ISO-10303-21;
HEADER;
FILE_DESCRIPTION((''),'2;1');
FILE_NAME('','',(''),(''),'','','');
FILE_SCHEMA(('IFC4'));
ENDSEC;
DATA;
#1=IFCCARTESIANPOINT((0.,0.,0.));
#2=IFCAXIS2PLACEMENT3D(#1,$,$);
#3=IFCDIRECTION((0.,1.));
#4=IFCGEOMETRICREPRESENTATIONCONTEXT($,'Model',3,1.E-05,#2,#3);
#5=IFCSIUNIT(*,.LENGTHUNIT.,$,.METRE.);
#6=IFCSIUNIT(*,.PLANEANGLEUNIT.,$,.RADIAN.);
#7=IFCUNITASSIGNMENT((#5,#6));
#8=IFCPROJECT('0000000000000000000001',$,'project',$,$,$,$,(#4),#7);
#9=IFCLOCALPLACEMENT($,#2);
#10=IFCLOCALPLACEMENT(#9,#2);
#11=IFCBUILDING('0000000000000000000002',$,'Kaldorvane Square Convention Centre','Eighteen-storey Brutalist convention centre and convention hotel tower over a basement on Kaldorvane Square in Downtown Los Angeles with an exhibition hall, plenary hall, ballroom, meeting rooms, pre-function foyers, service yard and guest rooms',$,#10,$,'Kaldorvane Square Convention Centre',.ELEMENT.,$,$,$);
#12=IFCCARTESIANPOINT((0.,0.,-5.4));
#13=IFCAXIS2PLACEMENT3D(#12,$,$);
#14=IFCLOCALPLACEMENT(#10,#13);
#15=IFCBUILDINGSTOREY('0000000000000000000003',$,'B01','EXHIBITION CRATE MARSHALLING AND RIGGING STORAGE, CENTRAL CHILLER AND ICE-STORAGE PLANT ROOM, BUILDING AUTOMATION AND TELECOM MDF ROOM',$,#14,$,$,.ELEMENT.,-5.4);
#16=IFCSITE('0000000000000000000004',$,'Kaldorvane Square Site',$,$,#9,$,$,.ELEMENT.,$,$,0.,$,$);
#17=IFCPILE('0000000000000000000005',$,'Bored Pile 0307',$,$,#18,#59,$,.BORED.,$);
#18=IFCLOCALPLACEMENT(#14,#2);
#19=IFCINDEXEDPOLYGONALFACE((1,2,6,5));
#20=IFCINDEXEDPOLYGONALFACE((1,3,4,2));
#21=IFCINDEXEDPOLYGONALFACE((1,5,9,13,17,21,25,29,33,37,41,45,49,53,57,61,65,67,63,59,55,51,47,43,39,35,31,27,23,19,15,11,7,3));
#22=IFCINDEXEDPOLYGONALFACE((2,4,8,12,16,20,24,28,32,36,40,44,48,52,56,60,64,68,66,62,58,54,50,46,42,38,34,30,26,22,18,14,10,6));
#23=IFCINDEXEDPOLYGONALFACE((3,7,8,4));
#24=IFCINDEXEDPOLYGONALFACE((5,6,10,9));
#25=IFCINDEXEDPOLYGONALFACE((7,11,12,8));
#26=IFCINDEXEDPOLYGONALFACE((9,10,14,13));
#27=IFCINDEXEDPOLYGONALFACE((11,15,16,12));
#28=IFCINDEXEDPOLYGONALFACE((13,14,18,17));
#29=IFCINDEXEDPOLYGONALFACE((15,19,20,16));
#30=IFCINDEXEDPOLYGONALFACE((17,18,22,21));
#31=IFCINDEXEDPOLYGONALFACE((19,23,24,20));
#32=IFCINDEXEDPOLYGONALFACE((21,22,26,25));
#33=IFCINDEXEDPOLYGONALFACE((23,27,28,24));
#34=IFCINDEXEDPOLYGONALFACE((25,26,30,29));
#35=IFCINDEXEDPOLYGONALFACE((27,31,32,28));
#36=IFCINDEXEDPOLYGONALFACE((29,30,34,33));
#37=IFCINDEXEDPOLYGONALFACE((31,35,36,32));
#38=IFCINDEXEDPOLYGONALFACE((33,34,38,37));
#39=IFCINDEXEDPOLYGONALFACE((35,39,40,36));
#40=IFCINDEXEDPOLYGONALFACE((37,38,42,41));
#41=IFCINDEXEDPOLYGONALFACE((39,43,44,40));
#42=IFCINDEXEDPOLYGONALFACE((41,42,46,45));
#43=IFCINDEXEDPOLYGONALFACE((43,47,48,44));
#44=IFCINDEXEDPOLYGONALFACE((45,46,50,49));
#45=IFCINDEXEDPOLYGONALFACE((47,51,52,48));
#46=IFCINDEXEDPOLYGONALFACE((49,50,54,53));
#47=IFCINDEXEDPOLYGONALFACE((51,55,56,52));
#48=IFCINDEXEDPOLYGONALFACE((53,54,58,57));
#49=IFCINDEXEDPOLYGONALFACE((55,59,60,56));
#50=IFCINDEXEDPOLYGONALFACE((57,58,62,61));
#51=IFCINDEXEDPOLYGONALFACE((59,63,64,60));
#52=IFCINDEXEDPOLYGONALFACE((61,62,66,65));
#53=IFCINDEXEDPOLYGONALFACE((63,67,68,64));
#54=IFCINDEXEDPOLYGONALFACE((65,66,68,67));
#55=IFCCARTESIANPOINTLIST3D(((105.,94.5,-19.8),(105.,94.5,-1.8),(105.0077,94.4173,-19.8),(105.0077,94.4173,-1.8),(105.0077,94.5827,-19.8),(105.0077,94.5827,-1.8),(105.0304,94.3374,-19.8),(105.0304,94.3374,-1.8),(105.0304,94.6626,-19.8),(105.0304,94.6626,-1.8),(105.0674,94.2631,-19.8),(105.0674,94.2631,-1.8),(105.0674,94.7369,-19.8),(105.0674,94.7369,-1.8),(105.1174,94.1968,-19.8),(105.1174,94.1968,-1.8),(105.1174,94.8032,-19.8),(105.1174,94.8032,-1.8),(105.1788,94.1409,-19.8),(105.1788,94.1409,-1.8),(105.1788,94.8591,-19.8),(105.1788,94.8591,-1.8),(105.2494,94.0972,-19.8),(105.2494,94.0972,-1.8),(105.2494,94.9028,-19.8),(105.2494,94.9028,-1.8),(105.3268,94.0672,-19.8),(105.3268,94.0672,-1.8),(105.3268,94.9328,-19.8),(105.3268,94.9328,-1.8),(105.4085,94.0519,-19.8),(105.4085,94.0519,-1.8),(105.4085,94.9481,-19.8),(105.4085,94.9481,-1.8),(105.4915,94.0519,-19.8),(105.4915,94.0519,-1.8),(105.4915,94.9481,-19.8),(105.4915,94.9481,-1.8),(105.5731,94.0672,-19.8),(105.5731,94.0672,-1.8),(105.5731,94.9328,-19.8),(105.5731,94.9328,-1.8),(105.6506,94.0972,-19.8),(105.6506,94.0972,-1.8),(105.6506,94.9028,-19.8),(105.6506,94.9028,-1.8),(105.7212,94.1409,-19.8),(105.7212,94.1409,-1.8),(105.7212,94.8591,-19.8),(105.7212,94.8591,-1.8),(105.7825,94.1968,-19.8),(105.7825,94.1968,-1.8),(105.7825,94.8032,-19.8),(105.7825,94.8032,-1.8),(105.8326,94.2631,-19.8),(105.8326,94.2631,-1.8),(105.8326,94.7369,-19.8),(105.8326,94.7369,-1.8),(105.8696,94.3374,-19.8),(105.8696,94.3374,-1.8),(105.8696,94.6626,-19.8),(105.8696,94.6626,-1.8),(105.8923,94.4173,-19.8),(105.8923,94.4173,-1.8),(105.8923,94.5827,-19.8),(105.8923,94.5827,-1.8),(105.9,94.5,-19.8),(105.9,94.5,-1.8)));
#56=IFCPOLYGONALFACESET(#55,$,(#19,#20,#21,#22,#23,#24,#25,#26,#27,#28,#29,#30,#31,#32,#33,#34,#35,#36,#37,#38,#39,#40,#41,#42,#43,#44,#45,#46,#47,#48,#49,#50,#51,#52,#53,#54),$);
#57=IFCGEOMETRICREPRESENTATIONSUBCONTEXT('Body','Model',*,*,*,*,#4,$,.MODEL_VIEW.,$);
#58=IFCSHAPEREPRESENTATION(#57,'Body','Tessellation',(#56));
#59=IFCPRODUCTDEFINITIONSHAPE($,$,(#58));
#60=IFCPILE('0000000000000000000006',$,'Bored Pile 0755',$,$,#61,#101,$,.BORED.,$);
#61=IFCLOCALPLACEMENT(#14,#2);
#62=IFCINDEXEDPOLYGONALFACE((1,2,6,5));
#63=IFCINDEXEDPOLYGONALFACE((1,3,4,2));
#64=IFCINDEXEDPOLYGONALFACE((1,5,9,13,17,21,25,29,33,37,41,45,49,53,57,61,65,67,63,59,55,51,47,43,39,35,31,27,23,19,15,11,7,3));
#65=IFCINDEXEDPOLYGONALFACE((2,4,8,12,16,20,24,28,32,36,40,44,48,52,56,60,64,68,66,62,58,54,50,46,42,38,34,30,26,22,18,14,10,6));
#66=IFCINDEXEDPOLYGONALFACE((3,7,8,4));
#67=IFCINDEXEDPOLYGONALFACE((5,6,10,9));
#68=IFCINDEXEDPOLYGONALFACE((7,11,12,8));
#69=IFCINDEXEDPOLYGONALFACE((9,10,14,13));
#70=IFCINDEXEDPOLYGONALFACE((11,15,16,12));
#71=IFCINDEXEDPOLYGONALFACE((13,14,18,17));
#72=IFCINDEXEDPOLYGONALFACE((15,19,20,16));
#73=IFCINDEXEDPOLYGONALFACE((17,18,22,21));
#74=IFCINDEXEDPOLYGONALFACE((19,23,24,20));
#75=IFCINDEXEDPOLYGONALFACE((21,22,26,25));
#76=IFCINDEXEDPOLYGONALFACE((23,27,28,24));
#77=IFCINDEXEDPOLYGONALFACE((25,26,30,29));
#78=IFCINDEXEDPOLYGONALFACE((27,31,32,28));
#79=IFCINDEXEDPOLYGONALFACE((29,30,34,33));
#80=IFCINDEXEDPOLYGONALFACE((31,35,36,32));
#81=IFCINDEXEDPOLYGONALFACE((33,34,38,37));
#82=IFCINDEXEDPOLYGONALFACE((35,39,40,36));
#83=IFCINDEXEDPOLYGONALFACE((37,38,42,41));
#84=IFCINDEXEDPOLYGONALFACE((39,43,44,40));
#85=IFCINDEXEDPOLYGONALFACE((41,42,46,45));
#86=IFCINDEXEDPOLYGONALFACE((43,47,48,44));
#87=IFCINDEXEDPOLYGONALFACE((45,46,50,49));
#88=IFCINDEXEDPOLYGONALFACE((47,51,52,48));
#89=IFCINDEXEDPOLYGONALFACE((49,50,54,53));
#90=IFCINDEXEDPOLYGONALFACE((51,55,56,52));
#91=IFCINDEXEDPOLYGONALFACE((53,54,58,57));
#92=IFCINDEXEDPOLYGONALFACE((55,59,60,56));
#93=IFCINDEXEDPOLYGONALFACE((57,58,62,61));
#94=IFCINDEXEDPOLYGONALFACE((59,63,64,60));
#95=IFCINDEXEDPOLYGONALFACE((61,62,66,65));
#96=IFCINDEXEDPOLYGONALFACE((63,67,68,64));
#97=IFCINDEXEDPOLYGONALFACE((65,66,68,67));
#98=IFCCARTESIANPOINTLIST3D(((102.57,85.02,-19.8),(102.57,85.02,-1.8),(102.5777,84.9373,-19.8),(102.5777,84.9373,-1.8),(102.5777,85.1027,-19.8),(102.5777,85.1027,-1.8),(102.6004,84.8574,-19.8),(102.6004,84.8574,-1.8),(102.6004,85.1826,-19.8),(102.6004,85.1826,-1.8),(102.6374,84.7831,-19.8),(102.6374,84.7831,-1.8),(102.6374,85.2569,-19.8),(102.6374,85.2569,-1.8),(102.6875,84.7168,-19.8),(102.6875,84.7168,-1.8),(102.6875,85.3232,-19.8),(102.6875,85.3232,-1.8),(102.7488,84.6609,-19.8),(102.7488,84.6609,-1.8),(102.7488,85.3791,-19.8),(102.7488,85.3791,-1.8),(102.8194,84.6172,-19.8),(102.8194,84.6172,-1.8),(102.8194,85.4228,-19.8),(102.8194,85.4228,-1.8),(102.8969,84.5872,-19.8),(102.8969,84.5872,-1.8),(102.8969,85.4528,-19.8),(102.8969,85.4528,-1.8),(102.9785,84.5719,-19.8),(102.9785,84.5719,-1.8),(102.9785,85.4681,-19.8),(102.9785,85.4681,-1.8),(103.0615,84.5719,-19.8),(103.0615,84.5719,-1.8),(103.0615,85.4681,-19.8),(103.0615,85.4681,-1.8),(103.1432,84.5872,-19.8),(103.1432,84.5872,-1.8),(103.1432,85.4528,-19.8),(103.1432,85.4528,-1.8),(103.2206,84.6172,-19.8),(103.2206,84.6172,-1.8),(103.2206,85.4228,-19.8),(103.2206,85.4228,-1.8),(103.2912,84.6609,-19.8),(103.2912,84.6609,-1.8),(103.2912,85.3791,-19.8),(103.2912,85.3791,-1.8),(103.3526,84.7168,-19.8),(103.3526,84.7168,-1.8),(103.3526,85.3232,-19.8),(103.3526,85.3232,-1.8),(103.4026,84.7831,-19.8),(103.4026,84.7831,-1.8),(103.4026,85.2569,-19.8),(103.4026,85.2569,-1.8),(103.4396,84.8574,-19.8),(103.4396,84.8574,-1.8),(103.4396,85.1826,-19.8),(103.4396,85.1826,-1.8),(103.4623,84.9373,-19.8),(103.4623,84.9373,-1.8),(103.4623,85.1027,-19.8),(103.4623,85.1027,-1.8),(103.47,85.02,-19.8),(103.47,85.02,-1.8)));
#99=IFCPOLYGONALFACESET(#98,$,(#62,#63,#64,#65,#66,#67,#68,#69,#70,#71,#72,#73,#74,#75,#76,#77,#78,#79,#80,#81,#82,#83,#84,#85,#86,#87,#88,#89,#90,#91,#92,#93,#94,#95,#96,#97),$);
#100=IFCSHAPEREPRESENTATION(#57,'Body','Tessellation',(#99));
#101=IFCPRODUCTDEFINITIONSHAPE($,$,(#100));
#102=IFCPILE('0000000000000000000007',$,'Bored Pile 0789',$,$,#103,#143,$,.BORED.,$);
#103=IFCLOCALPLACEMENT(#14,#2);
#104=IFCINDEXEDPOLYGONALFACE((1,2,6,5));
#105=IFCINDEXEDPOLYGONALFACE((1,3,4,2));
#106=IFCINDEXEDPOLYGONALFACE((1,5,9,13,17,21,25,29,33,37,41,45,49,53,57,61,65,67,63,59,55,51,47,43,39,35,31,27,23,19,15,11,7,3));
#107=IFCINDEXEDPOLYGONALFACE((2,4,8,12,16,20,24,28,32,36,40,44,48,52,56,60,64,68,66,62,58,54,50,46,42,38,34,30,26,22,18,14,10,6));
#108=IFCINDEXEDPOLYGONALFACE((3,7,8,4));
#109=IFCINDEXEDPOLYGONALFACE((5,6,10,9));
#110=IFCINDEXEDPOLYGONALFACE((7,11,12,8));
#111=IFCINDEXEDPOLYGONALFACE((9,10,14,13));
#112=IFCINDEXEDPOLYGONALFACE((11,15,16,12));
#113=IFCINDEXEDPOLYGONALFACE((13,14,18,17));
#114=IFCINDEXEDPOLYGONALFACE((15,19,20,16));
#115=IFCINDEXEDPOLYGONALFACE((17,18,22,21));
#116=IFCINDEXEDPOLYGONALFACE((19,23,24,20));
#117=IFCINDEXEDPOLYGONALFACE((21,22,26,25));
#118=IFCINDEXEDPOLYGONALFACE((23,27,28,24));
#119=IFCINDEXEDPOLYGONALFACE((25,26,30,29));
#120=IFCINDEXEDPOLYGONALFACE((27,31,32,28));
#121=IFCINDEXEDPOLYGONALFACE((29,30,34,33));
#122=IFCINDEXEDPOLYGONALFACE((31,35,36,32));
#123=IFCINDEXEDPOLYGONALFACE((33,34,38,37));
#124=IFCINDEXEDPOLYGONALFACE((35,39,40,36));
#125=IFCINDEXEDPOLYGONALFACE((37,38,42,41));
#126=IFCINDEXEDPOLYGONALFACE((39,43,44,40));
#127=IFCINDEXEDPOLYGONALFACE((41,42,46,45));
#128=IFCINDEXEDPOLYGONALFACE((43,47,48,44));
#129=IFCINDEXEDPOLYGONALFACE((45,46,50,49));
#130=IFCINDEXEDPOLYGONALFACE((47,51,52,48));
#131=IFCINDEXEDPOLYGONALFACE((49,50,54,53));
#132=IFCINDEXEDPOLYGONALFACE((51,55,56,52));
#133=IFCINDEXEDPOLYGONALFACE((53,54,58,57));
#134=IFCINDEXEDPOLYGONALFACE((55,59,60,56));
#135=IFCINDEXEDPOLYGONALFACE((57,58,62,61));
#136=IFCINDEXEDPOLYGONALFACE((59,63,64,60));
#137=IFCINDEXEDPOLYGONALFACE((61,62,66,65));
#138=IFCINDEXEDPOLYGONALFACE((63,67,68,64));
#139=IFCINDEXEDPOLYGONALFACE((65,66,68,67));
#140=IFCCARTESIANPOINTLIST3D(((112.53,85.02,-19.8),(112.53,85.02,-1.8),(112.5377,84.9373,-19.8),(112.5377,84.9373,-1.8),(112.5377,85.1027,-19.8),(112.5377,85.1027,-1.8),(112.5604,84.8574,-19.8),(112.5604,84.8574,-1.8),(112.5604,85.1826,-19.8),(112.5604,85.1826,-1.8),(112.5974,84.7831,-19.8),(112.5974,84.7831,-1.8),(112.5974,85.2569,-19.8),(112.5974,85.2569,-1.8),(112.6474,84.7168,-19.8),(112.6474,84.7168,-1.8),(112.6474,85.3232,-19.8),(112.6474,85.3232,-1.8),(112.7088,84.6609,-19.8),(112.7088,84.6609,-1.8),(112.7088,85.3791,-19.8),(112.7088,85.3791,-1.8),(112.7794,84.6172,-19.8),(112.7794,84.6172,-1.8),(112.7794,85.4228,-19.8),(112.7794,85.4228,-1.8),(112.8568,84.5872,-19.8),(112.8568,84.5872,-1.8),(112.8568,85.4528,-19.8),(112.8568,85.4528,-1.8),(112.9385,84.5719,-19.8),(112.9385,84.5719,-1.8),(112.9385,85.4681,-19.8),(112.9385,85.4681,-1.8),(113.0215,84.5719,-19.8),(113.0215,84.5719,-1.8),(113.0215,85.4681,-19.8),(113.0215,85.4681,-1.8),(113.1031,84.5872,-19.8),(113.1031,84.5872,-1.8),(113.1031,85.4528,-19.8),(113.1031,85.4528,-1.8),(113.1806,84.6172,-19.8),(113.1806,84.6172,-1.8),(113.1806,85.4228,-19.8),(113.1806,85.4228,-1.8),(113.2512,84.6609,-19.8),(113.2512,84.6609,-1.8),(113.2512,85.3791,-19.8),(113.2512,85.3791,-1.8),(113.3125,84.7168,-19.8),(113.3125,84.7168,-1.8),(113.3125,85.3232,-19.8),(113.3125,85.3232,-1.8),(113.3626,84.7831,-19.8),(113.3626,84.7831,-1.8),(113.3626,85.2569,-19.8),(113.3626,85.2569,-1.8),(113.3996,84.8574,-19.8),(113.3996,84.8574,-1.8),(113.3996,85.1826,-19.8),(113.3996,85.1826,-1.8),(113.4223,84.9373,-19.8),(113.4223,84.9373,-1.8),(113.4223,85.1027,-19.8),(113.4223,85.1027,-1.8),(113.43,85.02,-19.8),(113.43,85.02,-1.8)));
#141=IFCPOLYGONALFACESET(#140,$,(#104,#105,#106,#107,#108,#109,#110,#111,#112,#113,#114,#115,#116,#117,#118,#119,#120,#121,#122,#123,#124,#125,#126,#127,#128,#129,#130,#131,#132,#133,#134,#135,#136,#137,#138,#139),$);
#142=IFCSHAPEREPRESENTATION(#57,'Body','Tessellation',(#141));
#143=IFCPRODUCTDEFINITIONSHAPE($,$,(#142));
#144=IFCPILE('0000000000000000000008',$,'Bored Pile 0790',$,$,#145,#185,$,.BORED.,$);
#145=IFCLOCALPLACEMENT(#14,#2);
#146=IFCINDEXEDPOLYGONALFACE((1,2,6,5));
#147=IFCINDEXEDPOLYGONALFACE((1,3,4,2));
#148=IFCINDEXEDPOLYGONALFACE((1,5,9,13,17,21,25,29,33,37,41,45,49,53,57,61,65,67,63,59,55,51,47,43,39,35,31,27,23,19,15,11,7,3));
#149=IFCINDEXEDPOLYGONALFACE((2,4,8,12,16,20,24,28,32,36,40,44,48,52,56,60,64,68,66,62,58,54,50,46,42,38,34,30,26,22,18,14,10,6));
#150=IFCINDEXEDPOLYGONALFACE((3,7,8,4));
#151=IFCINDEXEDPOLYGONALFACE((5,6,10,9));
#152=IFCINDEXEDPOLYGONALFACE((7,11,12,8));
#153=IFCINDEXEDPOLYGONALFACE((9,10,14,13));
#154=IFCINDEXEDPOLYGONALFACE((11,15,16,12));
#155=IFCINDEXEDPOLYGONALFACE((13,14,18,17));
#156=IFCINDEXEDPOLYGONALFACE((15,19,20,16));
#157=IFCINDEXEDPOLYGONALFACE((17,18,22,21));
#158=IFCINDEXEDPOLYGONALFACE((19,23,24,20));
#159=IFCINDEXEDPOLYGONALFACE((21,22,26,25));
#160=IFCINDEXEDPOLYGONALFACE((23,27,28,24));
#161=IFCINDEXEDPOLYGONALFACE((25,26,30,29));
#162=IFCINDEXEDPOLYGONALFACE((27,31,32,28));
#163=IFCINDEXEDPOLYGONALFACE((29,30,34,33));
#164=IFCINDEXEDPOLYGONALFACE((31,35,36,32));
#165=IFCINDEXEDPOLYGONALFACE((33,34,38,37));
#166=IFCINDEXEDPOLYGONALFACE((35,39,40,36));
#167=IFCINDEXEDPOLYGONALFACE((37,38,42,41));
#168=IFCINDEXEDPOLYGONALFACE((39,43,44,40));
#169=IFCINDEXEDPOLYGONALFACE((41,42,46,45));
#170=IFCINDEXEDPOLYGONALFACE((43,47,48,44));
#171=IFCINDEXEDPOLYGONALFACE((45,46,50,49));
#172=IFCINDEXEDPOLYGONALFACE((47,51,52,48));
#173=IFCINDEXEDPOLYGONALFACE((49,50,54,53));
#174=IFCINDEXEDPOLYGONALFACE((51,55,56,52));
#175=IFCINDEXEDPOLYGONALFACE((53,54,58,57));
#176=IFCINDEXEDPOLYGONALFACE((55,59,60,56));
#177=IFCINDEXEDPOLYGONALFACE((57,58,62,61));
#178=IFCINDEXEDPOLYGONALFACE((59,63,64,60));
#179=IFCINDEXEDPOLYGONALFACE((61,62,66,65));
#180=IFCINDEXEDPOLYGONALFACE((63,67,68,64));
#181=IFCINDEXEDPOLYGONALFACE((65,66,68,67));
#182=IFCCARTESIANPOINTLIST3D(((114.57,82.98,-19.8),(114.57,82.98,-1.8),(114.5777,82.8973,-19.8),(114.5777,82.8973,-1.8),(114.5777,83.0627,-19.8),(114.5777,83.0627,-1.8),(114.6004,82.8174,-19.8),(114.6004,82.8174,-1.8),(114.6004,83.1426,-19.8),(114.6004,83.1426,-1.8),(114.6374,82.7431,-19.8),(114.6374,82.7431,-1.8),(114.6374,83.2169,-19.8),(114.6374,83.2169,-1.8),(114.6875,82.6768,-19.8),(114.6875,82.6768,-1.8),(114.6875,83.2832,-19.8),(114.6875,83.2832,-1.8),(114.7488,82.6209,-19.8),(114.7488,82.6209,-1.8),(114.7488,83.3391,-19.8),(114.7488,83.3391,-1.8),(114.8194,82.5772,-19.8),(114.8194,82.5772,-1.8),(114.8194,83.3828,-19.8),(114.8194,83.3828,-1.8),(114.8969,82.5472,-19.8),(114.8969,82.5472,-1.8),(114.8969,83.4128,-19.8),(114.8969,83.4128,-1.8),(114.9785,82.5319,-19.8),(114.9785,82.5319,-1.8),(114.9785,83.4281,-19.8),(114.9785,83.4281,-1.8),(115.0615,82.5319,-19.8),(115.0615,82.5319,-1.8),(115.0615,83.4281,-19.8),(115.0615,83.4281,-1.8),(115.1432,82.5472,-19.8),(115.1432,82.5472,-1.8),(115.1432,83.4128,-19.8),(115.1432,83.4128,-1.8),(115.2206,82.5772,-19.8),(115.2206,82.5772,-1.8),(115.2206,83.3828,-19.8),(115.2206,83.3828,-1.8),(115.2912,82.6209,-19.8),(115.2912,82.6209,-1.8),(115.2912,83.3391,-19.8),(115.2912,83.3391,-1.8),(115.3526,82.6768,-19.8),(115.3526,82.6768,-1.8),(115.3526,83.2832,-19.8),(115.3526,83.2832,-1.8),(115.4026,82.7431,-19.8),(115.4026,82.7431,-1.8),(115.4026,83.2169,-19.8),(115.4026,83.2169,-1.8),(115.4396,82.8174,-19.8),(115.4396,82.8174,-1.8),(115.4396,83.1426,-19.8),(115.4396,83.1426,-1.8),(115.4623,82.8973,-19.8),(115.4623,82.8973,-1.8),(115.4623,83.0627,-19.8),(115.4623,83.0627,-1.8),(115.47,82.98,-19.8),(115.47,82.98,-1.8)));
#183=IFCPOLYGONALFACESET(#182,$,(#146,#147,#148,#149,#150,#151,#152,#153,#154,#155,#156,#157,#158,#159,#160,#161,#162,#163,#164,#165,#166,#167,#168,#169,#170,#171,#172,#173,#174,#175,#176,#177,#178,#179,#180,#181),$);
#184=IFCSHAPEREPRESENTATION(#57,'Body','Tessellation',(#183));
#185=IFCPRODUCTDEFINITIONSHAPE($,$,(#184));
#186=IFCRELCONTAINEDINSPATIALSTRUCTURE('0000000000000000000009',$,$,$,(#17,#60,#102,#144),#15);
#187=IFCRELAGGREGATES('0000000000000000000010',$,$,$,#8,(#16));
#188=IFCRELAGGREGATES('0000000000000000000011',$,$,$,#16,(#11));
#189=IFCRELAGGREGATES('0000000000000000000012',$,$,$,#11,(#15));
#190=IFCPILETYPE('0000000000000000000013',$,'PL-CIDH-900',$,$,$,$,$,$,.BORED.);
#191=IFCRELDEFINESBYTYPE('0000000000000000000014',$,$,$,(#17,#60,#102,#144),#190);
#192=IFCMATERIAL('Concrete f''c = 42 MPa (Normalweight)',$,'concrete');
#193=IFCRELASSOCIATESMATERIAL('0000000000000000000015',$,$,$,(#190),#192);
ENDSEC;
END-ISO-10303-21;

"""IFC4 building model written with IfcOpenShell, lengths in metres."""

from ifc_helpers import new_model, si_unit, direction, frame, origin, origin_2d, place, context, subcontext, project, spatial, circle, extrude, material, material_profile, profile_set, type_object, element, save


model = new_model("IFC4")

# Units and contexts
model_context = context("Model", 3, precision=1e-05, world=origin(), true_north=direction((0.0, 1.0)))
body_context = subcontext(model_context, "Body", "Model", "MODEL_VIEW")
ifc_project = project(units=[si_unit("LENGTHUNIT", "METRE"), si_unit("PLANEANGLEUNIT", "RADIAN")], contexts=[model_context])

# Site, building, storey
site_placement = place(None, origin())
site = spatial("IfcSite", under=ifc_project, at=site_placement, Name="Kaldorvane Square Site", CompositionType="ELEMENT", RefElevation=0.0)
building_placement = place(site_placement, origin())
building = spatial("IfcBuilding", under=site, at=building_placement, Name="Kaldorvane Square Convention Centre", Description="Eighteen-storey Brutalist convention centre and convention hotel tower over a basement on Kaldorvane Square in Downtown Los Angeles with an exhibition hall, plenary hall, ballroom, meeting rooms, pre-function foyers, service yard and guest rooms", LongName="Kaldorvane Square Convention Centre", CompositionType="ELEMENT")
storey_placement = place(building_placement, frame((0.0, 0.0, -5.4)))
storey = spatial("IfcBuildingStorey", under=building, at=storey_placement, Name="B01", Description="EXHIBITION CRATE MARSHALLING AND RIGGING STORAGE, CENTRAL CHILLER AND ICE-STORAGE PLANT ROOM, BUILDING AUTOMATION AND TELECOM MDF ROOM", CompositionType="ELEMENT", Elevation=-5.4)

# Shared definitions
ifc_material_1 = material(Name="Concrete f'c = 42 MPa (Normalweight)", Category="concrete")

# Piles
ifc_material_profile_1 = material_profile(ifc_material_1, circle(Radius=0.45, at=origin_2d()), Name="PILE-D900")
ifc_profile_set_1 = profile_set([ifc_material_profile_1], Name="Concrete f'c = 42 MPa (Normalweight)")
pile_type = type_object("IfcPileType", Name="PL-CIDH-900", PredefinedType="BORED", material=ifc_profile_set_1)
for number, where, z_axis, x_axis, name in (
    (1, (105.45, 94.5, -1.8), (0.0, 0.0, -1.0), (1.0, 0.0, 0.0), "Bored Pile 0307"),
    (2, (103.02, 85.02, -1.8), (0.0, 0.0, -1.0), (1.0, 0.0, 0.0), "Bored Pile 0755"),
    (3, (112.98, 85.02, -1.8), (0.0, 0.0, -1.0), (1.0, 0.0, 0.0), "Bored Pile 0789"),
    (4, (115.02, 82.98, -1.8), (0.0, 0.0, -1.0), (1.0, 0.0, 0.0), "Bored Pile 0790"),
):
    element("IfcPile", number, at=place(storey_placement, frame(where, z_axis=z_axis, x_axis=x_axis)), inside=storey, type_object=pile_type, Name=name, PredefinedType="BORED", context=body_context, shape_type="SweptSolid", body=[
        extrude(circle(Radius=0.45, at=origin_2d()), origin(), (0.0, 0.0, 1.0), 18.0),
    ])

save(model, "model.ifc")
